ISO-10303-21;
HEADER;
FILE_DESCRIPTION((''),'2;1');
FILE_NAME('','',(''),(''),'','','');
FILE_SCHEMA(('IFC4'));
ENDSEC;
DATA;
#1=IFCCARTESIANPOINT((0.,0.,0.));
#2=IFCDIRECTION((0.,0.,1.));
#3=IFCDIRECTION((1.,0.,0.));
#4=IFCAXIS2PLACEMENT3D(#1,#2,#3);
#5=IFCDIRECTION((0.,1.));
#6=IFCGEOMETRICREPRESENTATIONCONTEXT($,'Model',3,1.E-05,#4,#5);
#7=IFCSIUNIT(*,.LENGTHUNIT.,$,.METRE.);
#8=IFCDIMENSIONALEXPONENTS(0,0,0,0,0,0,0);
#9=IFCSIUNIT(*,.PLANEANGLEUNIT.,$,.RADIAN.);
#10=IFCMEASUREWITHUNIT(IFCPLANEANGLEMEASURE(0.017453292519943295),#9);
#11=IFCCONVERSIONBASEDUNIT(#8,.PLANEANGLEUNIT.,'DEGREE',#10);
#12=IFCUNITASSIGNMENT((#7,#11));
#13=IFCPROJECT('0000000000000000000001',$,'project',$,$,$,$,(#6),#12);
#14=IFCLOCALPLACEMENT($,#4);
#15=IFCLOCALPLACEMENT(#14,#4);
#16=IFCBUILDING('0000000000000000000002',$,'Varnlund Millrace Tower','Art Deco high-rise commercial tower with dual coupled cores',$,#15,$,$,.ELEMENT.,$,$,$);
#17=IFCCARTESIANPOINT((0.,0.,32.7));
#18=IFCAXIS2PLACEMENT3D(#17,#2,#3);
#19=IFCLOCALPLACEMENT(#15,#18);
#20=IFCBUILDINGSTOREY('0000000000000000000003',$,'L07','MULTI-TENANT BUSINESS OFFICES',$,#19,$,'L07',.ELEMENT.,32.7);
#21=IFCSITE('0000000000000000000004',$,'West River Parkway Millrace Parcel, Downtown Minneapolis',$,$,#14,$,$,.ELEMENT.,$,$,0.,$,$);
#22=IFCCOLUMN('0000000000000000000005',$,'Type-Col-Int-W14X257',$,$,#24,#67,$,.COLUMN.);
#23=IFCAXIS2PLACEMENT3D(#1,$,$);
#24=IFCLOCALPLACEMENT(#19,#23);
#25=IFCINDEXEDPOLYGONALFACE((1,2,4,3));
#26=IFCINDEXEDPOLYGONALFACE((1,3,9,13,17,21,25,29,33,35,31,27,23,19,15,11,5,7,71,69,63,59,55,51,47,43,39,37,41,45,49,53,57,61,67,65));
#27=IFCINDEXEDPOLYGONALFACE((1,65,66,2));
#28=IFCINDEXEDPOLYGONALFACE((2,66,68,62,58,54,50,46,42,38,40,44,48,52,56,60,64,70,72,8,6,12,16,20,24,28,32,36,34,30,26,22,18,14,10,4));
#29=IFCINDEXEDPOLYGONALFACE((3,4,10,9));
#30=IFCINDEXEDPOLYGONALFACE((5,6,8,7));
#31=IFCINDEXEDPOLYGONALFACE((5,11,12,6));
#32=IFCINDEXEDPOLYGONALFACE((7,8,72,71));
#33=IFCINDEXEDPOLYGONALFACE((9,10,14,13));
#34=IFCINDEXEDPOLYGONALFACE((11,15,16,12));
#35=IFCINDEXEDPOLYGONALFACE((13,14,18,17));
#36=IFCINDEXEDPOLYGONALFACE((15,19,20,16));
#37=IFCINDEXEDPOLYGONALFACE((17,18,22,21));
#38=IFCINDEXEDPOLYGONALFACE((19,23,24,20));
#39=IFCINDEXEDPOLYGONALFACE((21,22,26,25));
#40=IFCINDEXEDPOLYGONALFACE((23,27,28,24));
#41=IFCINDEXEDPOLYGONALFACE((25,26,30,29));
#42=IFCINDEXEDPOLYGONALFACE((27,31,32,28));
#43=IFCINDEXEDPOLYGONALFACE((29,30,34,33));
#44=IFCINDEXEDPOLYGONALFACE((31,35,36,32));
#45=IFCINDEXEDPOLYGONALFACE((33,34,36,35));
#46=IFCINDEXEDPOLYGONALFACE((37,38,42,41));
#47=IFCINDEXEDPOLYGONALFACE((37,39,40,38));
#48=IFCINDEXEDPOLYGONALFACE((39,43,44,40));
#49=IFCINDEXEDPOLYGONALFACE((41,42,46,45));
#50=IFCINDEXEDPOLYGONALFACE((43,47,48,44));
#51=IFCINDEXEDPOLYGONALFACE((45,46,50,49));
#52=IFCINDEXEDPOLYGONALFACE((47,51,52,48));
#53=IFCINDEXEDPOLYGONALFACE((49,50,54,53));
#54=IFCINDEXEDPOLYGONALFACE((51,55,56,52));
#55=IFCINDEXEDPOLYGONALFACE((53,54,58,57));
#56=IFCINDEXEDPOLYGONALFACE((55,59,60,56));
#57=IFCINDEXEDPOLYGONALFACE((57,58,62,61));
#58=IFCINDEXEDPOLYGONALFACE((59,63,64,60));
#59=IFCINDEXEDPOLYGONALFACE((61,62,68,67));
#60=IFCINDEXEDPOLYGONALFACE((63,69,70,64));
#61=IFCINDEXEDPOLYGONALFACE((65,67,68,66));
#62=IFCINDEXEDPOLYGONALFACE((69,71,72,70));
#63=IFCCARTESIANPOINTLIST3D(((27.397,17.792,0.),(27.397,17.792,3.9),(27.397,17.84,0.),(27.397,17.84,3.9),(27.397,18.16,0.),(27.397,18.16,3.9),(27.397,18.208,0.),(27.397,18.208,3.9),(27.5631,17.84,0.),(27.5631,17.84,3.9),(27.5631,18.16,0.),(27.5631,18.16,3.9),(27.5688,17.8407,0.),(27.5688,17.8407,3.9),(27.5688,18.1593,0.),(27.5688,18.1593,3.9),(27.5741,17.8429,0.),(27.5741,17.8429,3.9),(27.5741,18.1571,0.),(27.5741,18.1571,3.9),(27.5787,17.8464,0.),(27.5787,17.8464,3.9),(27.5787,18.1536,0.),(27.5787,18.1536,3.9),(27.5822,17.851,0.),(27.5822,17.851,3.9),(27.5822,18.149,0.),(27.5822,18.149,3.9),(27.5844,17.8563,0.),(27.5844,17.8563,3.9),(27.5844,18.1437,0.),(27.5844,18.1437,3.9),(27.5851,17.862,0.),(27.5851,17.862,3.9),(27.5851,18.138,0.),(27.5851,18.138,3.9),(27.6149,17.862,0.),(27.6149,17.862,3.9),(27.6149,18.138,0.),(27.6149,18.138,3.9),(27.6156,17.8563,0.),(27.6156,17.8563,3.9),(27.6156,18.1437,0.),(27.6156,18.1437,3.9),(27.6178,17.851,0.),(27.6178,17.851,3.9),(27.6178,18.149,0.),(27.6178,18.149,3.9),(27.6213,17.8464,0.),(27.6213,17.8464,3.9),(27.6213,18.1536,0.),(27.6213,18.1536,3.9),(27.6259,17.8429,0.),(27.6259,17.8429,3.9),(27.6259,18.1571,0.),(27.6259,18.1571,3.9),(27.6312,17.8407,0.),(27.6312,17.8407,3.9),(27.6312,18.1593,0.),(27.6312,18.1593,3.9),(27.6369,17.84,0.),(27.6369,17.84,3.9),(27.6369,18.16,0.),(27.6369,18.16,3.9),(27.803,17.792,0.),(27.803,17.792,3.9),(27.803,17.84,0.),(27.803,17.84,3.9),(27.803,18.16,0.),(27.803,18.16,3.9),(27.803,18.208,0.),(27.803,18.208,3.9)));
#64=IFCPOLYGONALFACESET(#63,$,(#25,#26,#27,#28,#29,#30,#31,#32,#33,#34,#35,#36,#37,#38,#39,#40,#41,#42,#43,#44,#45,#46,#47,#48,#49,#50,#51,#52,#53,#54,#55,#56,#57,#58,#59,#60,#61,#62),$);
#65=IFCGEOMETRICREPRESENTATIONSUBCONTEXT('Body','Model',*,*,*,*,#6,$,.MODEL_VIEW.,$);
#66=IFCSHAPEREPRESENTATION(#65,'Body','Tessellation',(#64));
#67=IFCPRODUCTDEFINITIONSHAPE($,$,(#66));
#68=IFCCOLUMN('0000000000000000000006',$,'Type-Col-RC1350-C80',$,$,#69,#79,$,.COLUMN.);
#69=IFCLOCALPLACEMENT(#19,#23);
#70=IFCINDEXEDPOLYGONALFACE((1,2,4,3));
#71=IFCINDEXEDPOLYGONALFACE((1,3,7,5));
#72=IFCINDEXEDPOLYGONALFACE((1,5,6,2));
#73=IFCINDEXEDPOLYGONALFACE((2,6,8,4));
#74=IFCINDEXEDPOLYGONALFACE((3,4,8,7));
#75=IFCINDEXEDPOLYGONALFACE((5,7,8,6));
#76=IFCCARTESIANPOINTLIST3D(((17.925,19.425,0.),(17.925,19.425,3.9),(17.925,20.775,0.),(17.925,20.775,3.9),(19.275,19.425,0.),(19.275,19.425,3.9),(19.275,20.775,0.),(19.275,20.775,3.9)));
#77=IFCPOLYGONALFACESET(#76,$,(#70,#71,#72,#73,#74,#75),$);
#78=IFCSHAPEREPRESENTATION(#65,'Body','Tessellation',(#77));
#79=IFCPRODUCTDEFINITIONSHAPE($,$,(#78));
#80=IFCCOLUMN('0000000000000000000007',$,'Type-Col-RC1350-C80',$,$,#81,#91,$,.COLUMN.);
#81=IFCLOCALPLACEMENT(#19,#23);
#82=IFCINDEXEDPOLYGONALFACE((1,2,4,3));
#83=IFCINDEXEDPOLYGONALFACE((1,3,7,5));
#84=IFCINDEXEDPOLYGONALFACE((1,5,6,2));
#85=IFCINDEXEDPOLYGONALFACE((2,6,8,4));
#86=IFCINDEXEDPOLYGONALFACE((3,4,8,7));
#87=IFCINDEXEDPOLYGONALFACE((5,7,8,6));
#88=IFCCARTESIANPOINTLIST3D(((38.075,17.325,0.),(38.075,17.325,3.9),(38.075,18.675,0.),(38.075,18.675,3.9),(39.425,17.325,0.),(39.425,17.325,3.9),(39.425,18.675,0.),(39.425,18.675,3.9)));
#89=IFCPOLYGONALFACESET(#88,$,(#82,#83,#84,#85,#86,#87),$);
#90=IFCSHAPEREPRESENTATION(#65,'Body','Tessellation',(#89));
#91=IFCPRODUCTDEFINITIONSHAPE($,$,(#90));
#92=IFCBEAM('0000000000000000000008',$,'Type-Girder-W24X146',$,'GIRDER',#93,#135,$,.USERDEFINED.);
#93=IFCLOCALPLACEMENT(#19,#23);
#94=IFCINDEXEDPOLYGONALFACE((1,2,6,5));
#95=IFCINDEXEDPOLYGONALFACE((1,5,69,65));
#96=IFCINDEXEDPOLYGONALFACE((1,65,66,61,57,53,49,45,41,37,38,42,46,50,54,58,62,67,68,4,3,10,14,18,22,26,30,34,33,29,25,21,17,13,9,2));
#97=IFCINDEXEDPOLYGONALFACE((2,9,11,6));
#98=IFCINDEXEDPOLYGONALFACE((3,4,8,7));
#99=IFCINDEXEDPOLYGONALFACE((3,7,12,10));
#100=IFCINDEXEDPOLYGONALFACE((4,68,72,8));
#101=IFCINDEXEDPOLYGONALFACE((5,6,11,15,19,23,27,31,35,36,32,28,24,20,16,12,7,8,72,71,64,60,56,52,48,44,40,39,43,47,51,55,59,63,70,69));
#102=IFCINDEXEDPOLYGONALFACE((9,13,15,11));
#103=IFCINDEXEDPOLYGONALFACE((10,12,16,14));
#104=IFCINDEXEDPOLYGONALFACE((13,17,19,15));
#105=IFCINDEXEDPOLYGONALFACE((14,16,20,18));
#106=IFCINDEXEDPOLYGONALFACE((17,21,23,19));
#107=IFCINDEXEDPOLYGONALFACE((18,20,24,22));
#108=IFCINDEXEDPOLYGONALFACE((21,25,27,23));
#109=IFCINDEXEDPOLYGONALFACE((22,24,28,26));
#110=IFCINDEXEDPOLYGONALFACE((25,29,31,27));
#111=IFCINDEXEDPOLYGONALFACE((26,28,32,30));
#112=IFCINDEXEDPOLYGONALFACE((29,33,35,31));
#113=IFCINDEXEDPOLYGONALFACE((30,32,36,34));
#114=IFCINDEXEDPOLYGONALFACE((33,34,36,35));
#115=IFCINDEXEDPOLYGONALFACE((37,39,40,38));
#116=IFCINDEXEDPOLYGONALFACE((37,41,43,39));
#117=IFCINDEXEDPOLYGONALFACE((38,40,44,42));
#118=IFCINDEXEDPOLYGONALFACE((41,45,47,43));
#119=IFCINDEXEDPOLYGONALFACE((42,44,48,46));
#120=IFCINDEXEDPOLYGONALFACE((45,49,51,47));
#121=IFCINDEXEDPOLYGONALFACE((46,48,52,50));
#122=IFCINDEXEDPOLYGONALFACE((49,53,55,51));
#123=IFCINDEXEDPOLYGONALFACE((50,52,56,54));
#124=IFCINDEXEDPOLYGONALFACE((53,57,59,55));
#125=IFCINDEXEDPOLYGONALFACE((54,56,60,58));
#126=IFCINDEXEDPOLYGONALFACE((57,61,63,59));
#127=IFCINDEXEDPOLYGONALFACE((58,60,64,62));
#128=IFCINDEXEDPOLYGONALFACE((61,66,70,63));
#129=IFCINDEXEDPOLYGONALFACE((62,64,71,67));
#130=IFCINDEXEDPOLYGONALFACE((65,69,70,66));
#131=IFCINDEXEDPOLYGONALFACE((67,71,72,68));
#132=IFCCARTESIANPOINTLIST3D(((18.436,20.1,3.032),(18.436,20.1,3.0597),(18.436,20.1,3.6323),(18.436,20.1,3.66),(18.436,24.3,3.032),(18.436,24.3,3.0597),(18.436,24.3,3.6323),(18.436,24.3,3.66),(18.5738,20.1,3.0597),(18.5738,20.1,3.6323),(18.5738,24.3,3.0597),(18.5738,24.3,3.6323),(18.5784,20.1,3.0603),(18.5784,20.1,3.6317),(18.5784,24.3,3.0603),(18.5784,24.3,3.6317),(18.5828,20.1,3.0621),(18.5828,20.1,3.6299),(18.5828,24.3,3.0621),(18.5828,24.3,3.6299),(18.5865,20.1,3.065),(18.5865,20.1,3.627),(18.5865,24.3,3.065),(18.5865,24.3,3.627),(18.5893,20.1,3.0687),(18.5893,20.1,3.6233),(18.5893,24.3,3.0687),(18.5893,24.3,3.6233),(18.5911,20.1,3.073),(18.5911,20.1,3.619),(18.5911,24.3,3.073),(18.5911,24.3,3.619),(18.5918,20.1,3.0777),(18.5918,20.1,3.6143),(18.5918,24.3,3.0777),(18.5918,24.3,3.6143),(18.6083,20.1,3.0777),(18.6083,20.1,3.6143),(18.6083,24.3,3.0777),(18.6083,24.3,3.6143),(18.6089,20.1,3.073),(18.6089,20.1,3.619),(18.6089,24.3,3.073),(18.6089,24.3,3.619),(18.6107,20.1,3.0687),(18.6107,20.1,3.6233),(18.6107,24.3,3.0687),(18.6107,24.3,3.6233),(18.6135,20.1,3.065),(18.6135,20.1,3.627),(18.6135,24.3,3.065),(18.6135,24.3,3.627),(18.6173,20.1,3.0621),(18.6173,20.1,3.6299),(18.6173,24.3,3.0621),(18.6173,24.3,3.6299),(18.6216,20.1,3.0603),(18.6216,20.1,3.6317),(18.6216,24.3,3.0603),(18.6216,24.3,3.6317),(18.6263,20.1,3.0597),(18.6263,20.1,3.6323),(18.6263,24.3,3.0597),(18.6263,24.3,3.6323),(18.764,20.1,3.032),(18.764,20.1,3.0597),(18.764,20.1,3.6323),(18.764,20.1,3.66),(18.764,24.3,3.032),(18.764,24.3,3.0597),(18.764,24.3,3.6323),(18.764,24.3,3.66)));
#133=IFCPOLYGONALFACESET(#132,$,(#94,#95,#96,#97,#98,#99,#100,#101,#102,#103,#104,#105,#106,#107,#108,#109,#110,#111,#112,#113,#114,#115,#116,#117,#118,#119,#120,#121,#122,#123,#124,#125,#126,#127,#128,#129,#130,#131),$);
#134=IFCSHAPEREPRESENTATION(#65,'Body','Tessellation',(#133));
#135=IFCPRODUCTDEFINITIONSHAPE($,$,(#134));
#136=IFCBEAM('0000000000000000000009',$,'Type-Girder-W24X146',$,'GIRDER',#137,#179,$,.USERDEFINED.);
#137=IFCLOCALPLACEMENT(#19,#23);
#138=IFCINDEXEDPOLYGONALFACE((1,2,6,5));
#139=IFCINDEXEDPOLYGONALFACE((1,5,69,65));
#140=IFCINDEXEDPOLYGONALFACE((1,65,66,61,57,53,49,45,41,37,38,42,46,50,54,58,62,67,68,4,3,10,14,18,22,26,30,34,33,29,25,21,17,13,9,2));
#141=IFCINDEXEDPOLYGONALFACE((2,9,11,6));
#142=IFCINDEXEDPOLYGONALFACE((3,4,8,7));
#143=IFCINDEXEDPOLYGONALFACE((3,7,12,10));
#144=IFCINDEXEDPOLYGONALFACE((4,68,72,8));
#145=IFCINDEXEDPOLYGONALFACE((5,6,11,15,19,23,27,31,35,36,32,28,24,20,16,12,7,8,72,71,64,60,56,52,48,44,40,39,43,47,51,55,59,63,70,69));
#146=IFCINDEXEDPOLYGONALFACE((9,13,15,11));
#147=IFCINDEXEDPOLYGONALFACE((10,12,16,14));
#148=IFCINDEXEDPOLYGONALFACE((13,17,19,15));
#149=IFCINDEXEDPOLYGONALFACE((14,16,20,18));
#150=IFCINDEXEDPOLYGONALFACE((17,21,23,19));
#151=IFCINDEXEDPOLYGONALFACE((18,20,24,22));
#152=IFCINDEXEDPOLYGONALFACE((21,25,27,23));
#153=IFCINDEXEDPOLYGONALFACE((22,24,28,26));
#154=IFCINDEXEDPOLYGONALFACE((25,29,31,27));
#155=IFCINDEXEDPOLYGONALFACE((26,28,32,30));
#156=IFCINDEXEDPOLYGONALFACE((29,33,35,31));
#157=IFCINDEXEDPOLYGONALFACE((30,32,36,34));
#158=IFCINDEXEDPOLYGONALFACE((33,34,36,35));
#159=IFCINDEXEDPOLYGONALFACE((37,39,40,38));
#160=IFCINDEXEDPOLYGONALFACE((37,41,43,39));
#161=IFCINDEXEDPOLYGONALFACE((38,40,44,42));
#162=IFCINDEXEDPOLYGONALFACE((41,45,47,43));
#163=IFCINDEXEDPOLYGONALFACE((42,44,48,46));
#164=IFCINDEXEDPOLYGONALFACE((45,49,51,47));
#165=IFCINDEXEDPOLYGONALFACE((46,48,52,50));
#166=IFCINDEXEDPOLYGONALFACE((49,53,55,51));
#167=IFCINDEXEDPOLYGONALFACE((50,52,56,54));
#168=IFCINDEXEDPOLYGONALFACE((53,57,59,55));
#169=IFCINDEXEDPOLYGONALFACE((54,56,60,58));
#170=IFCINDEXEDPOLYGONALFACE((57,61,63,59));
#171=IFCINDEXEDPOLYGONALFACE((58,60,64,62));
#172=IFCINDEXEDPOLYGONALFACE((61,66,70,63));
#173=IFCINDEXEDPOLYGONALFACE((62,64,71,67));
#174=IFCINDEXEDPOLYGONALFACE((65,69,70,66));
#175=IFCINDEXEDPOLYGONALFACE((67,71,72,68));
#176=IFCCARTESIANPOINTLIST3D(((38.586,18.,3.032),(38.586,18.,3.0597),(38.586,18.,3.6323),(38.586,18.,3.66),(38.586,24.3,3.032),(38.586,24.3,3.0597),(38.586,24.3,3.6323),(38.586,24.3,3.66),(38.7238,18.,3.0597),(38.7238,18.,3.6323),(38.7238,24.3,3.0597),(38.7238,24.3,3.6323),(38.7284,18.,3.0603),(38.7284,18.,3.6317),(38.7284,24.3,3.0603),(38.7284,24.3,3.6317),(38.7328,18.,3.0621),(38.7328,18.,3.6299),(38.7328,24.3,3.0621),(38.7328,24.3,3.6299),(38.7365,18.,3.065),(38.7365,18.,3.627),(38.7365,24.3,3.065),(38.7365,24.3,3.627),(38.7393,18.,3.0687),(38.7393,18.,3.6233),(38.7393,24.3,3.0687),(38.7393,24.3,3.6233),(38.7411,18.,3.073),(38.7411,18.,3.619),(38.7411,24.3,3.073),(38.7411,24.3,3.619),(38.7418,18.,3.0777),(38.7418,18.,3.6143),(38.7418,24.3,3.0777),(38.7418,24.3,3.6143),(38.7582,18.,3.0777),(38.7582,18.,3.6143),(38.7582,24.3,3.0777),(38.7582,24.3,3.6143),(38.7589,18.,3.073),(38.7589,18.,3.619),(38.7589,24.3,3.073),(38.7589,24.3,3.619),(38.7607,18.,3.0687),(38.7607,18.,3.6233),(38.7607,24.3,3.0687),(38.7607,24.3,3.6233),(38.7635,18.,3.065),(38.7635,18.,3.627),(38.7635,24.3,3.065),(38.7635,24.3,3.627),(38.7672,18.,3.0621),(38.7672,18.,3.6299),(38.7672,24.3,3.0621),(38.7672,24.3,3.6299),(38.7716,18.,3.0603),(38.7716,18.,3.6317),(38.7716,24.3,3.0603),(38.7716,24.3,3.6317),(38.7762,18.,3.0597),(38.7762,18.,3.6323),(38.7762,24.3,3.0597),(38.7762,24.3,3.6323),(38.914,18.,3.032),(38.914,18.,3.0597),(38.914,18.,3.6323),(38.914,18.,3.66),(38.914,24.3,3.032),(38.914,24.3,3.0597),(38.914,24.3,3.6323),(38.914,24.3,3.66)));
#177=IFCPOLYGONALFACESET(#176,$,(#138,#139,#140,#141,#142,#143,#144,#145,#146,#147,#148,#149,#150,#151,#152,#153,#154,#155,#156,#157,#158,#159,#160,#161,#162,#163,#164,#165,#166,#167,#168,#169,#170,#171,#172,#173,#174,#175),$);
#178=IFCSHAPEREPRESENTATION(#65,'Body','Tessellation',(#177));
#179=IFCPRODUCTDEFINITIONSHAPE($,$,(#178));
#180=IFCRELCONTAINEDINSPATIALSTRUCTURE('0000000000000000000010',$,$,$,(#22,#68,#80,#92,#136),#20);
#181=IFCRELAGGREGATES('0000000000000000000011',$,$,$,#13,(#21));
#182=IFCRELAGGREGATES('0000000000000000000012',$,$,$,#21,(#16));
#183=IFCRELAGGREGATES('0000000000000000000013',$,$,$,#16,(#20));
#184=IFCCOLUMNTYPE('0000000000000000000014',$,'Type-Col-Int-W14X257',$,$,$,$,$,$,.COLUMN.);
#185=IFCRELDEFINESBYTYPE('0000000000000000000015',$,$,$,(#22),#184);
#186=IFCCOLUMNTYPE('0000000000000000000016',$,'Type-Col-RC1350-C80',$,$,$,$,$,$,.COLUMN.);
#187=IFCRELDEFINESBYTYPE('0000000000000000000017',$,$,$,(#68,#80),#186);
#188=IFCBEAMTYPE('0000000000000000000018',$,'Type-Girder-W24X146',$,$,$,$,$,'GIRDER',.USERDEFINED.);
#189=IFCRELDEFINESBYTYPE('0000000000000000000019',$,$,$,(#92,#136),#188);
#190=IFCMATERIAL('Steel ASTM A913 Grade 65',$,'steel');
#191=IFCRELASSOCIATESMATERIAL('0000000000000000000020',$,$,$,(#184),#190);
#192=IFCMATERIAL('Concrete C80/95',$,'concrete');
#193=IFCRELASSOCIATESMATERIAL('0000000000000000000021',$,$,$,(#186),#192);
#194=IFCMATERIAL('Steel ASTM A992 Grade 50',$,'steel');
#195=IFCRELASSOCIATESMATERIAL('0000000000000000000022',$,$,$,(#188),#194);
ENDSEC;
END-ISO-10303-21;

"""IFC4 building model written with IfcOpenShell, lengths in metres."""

from ifc_helpers import new_model, entity, si_unit, converted_unit, direction, frame, origin_with_axes, origin_2d_with_axis, place, context, subcontext, project, spatial, rectangle, i_section, extrude, material, material_profile, profile_set, type_object, element, save


model = new_model("IFC4")

# Units and contexts
model_context = context("Model", 3, precision=1e-05, world=origin_with_axes(), true_north=direction((0.0, 1.0)))
body_context = subcontext(model_context, "Body", "Model", "MODEL_VIEW")
ifc_project = project(units=[si_unit("LENGTHUNIT", "METRE"), converted_unit("PLANEANGLEUNIT", "DEGREE", entity("IfcPlaneAngleMeasure", 0.017453292519943295), si_unit("PLANEANGLEUNIT", "RADIAN"), dimensions=[0, 0, 0, 0, 0, 0, 0])], contexts=[model_context])

# Site, building, storey
site_placement = place(None, origin_with_axes())
site = spatial("IfcSite", under=ifc_project, at=site_placement, Name="West River Parkway Millrace Parcel, Downtown Minneapolis", CompositionType="ELEMENT", RefElevation=0.0)
building_placement = place(site_placement, origin_with_axes())
building = spatial("IfcBuilding", under=site, at=building_placement, Name="Varnlund Millrace Tower", Description="Art Deco high-rise commercial tower with dual coupled cores", CompositionType="ELEMENT")
storey_placement = place(building_placement, frame((0.0, 0.0, 32.7), z_axis=(0.0, 0.0, 1.0), x_axis=(1.0, 0.0, 0.0)))
storey = spatial("IfcBuildingStorey", under=building, at=storey_placement, Name="L07", Description="MULTI-TENANT BUSINESS OFFICES", LongName="L07", CompositionType="ELEMENT", Elevation=32.7)

# Columns
ifc_material_1 = material(Name="Steel ASTM A913 Grade 65", Category="steel")
ifc_material_profile_1 = material_profile(ifc_material_1, i_section(OverallWidth=0.406, OverallDepth=0.416, WebThickness=0.0298, FlangeThickness=0.048, FilletRadius=0.022, at=origin_2d_with_axis()), Name="Steel ASTM A913 Grade 65")
ifc_profile_set_1 = profile_set([ifc_material_profile_1], Name="Steel ASTM A913 Grade 65")
column_type_1 = type_object("IfcColumnType", Name="Type-Col-Int-W14X257", PredefinedType="COLUMN", material=ifc_profile_set_1)
column_placement = place(storey_placement, frame((27.6, 18.0, 0.0), z_axis=(0.0, 0.0, 1.0), x_axis=(1.0, 0.0, 0.0)))
element("IfcColumn", 1, at=column_placement, inside=storey, type_object=column_type_1, Name="Type-Col-Int-W14X257", PredefinedType="COLUMN", context=body_context, shape_type="SweptSolid", body=[
    extrude(i_section(OverallWidth=0.406, OverallDepth=0.416, WebThickness=0.0298, FlangeThickness=0.048, FilletRadius=0.022, at=origin_2d_with_axis()), origin_with_axes(), (0.0, 0.0, 1.0), 3.9),
])
ifc_material_2 = material(Name="Concrete C80/95", Category="concrete")
ifc_material_profile_2 = material_profile(ifc_material_2, rectangle(XDim=1.35, YDim=1.35, at=origin_2d_with_axis()), Name="Concrete C80/95")
ifc_profile_set_2 = profile_set([ifc_material_profile_2], Name="Concrete C80/95")
column_type_2 = type_object("IfcColumnType", Name="Type-Col-RC1350-C80", PredefinedType="COLUMN", material=ifc_profile_set_2)
for number, where, z_axis, x_axis, name in (
    (2, (18.6, 20.1, 0.0), (0.0, 0.0, 1.0), (1.0, 0.0, 0.0), "Type-Col-RC1350-C80"),
    (3, (38.75, 18.0, 0.0), (0.0, 0.0, 1.0), (1.0, 0.0, 0.0), "Type-Col-RC1350-C80"),
):
    element("IfcColumn", number, at=place(storey_placement, frame(where, z_axis=z_axis, x_axis=x_axis)), inside=storey, type_object=column_type_2, Name=name, PredefinedType="COLUMN", context=body_context, shape_type="SweptSolid", body=[
        extrude(rectangle(XDim=1.35, YDim=1.35, at=origin_2d_with_axis()), origin_with_axes(), (0.0, 0.0, 1.0), 3.9),
    ])

# Beams
ifc_material_3 = material(Name="Steel ASTM A992 Grade 50", Category="steel")
ifc_material_profile_3 = material_profile(ifc_material_3, i_section(OverallWidth=0.328, OverallDepth=0.628, WebThickness=0.0165, FlangeThickness=0.0277, FilletRadius=0.018, at=origin_2d_with_axis()), Name="Steel ASTM A992 Grade 50")
ifc_profile_set_3 = profile_set([ifc_material_profile_3], Name="Steel ASTM A992 Grade 50")
beam_type_1 = type_object("IfcBeamType", Name="Type-Girder-W24X146", ElementType="GIRDER", PredefinedType="USERDEFINED", material=ifc_profile_set_3)
beam_1_placement = place(storey_placement, frame((18.6, 20.1, 3.346), z_axis=(0.0, 1.0, 0.0), x_axis=(-1.0, 0.0, 0.0)))
element("IfcBeam", 4, at=beam_1_placement, inside=storey, type_object=beam_type_1, Name="Type-Girder-W24X146", ObjectType="GIRDER", PredefinedType="USERDEFINED", context=body_context, shape_type="SweptSolid", body=[
    extrude(i_section(OverallWidth=0.328, OverallDepth=0.628, WebThickness=0.0165, FlangeThickness=0.0277, FilletRadius=0.018, at=origin_2d_with_axis()), origin_with_axes(), (0.0, 0.0, 1.0), 4.2),
])
beam_2_placement = place(storey_placement, frame((38.75, 18.0, 3.346), z_axis=(0.0, 1.0, 0.0), x_axis=(-1.0, 0.0, 0.0)))
element("IfcBeam", 5, at=beam_2_placement, inside=storey, type_object=beam_type_1, Name="Type-Girder-W24X146", ObjectType="GIRDER", PredefinedType="USERDEFINED", context=body_context, shape_type="SweptSolid", body=[
    extrude(i_section(OverallWidth=0.328, OverallDepth=0.628, WebThickness=0.0165, FlangeThickness=0.0277, FilletRadius=0.018, at=origin_2d_with_axis()), origin_with_axes(), (0.0, 0.0, 1.0), 6.3),
])

save(model, "model.ifc")
